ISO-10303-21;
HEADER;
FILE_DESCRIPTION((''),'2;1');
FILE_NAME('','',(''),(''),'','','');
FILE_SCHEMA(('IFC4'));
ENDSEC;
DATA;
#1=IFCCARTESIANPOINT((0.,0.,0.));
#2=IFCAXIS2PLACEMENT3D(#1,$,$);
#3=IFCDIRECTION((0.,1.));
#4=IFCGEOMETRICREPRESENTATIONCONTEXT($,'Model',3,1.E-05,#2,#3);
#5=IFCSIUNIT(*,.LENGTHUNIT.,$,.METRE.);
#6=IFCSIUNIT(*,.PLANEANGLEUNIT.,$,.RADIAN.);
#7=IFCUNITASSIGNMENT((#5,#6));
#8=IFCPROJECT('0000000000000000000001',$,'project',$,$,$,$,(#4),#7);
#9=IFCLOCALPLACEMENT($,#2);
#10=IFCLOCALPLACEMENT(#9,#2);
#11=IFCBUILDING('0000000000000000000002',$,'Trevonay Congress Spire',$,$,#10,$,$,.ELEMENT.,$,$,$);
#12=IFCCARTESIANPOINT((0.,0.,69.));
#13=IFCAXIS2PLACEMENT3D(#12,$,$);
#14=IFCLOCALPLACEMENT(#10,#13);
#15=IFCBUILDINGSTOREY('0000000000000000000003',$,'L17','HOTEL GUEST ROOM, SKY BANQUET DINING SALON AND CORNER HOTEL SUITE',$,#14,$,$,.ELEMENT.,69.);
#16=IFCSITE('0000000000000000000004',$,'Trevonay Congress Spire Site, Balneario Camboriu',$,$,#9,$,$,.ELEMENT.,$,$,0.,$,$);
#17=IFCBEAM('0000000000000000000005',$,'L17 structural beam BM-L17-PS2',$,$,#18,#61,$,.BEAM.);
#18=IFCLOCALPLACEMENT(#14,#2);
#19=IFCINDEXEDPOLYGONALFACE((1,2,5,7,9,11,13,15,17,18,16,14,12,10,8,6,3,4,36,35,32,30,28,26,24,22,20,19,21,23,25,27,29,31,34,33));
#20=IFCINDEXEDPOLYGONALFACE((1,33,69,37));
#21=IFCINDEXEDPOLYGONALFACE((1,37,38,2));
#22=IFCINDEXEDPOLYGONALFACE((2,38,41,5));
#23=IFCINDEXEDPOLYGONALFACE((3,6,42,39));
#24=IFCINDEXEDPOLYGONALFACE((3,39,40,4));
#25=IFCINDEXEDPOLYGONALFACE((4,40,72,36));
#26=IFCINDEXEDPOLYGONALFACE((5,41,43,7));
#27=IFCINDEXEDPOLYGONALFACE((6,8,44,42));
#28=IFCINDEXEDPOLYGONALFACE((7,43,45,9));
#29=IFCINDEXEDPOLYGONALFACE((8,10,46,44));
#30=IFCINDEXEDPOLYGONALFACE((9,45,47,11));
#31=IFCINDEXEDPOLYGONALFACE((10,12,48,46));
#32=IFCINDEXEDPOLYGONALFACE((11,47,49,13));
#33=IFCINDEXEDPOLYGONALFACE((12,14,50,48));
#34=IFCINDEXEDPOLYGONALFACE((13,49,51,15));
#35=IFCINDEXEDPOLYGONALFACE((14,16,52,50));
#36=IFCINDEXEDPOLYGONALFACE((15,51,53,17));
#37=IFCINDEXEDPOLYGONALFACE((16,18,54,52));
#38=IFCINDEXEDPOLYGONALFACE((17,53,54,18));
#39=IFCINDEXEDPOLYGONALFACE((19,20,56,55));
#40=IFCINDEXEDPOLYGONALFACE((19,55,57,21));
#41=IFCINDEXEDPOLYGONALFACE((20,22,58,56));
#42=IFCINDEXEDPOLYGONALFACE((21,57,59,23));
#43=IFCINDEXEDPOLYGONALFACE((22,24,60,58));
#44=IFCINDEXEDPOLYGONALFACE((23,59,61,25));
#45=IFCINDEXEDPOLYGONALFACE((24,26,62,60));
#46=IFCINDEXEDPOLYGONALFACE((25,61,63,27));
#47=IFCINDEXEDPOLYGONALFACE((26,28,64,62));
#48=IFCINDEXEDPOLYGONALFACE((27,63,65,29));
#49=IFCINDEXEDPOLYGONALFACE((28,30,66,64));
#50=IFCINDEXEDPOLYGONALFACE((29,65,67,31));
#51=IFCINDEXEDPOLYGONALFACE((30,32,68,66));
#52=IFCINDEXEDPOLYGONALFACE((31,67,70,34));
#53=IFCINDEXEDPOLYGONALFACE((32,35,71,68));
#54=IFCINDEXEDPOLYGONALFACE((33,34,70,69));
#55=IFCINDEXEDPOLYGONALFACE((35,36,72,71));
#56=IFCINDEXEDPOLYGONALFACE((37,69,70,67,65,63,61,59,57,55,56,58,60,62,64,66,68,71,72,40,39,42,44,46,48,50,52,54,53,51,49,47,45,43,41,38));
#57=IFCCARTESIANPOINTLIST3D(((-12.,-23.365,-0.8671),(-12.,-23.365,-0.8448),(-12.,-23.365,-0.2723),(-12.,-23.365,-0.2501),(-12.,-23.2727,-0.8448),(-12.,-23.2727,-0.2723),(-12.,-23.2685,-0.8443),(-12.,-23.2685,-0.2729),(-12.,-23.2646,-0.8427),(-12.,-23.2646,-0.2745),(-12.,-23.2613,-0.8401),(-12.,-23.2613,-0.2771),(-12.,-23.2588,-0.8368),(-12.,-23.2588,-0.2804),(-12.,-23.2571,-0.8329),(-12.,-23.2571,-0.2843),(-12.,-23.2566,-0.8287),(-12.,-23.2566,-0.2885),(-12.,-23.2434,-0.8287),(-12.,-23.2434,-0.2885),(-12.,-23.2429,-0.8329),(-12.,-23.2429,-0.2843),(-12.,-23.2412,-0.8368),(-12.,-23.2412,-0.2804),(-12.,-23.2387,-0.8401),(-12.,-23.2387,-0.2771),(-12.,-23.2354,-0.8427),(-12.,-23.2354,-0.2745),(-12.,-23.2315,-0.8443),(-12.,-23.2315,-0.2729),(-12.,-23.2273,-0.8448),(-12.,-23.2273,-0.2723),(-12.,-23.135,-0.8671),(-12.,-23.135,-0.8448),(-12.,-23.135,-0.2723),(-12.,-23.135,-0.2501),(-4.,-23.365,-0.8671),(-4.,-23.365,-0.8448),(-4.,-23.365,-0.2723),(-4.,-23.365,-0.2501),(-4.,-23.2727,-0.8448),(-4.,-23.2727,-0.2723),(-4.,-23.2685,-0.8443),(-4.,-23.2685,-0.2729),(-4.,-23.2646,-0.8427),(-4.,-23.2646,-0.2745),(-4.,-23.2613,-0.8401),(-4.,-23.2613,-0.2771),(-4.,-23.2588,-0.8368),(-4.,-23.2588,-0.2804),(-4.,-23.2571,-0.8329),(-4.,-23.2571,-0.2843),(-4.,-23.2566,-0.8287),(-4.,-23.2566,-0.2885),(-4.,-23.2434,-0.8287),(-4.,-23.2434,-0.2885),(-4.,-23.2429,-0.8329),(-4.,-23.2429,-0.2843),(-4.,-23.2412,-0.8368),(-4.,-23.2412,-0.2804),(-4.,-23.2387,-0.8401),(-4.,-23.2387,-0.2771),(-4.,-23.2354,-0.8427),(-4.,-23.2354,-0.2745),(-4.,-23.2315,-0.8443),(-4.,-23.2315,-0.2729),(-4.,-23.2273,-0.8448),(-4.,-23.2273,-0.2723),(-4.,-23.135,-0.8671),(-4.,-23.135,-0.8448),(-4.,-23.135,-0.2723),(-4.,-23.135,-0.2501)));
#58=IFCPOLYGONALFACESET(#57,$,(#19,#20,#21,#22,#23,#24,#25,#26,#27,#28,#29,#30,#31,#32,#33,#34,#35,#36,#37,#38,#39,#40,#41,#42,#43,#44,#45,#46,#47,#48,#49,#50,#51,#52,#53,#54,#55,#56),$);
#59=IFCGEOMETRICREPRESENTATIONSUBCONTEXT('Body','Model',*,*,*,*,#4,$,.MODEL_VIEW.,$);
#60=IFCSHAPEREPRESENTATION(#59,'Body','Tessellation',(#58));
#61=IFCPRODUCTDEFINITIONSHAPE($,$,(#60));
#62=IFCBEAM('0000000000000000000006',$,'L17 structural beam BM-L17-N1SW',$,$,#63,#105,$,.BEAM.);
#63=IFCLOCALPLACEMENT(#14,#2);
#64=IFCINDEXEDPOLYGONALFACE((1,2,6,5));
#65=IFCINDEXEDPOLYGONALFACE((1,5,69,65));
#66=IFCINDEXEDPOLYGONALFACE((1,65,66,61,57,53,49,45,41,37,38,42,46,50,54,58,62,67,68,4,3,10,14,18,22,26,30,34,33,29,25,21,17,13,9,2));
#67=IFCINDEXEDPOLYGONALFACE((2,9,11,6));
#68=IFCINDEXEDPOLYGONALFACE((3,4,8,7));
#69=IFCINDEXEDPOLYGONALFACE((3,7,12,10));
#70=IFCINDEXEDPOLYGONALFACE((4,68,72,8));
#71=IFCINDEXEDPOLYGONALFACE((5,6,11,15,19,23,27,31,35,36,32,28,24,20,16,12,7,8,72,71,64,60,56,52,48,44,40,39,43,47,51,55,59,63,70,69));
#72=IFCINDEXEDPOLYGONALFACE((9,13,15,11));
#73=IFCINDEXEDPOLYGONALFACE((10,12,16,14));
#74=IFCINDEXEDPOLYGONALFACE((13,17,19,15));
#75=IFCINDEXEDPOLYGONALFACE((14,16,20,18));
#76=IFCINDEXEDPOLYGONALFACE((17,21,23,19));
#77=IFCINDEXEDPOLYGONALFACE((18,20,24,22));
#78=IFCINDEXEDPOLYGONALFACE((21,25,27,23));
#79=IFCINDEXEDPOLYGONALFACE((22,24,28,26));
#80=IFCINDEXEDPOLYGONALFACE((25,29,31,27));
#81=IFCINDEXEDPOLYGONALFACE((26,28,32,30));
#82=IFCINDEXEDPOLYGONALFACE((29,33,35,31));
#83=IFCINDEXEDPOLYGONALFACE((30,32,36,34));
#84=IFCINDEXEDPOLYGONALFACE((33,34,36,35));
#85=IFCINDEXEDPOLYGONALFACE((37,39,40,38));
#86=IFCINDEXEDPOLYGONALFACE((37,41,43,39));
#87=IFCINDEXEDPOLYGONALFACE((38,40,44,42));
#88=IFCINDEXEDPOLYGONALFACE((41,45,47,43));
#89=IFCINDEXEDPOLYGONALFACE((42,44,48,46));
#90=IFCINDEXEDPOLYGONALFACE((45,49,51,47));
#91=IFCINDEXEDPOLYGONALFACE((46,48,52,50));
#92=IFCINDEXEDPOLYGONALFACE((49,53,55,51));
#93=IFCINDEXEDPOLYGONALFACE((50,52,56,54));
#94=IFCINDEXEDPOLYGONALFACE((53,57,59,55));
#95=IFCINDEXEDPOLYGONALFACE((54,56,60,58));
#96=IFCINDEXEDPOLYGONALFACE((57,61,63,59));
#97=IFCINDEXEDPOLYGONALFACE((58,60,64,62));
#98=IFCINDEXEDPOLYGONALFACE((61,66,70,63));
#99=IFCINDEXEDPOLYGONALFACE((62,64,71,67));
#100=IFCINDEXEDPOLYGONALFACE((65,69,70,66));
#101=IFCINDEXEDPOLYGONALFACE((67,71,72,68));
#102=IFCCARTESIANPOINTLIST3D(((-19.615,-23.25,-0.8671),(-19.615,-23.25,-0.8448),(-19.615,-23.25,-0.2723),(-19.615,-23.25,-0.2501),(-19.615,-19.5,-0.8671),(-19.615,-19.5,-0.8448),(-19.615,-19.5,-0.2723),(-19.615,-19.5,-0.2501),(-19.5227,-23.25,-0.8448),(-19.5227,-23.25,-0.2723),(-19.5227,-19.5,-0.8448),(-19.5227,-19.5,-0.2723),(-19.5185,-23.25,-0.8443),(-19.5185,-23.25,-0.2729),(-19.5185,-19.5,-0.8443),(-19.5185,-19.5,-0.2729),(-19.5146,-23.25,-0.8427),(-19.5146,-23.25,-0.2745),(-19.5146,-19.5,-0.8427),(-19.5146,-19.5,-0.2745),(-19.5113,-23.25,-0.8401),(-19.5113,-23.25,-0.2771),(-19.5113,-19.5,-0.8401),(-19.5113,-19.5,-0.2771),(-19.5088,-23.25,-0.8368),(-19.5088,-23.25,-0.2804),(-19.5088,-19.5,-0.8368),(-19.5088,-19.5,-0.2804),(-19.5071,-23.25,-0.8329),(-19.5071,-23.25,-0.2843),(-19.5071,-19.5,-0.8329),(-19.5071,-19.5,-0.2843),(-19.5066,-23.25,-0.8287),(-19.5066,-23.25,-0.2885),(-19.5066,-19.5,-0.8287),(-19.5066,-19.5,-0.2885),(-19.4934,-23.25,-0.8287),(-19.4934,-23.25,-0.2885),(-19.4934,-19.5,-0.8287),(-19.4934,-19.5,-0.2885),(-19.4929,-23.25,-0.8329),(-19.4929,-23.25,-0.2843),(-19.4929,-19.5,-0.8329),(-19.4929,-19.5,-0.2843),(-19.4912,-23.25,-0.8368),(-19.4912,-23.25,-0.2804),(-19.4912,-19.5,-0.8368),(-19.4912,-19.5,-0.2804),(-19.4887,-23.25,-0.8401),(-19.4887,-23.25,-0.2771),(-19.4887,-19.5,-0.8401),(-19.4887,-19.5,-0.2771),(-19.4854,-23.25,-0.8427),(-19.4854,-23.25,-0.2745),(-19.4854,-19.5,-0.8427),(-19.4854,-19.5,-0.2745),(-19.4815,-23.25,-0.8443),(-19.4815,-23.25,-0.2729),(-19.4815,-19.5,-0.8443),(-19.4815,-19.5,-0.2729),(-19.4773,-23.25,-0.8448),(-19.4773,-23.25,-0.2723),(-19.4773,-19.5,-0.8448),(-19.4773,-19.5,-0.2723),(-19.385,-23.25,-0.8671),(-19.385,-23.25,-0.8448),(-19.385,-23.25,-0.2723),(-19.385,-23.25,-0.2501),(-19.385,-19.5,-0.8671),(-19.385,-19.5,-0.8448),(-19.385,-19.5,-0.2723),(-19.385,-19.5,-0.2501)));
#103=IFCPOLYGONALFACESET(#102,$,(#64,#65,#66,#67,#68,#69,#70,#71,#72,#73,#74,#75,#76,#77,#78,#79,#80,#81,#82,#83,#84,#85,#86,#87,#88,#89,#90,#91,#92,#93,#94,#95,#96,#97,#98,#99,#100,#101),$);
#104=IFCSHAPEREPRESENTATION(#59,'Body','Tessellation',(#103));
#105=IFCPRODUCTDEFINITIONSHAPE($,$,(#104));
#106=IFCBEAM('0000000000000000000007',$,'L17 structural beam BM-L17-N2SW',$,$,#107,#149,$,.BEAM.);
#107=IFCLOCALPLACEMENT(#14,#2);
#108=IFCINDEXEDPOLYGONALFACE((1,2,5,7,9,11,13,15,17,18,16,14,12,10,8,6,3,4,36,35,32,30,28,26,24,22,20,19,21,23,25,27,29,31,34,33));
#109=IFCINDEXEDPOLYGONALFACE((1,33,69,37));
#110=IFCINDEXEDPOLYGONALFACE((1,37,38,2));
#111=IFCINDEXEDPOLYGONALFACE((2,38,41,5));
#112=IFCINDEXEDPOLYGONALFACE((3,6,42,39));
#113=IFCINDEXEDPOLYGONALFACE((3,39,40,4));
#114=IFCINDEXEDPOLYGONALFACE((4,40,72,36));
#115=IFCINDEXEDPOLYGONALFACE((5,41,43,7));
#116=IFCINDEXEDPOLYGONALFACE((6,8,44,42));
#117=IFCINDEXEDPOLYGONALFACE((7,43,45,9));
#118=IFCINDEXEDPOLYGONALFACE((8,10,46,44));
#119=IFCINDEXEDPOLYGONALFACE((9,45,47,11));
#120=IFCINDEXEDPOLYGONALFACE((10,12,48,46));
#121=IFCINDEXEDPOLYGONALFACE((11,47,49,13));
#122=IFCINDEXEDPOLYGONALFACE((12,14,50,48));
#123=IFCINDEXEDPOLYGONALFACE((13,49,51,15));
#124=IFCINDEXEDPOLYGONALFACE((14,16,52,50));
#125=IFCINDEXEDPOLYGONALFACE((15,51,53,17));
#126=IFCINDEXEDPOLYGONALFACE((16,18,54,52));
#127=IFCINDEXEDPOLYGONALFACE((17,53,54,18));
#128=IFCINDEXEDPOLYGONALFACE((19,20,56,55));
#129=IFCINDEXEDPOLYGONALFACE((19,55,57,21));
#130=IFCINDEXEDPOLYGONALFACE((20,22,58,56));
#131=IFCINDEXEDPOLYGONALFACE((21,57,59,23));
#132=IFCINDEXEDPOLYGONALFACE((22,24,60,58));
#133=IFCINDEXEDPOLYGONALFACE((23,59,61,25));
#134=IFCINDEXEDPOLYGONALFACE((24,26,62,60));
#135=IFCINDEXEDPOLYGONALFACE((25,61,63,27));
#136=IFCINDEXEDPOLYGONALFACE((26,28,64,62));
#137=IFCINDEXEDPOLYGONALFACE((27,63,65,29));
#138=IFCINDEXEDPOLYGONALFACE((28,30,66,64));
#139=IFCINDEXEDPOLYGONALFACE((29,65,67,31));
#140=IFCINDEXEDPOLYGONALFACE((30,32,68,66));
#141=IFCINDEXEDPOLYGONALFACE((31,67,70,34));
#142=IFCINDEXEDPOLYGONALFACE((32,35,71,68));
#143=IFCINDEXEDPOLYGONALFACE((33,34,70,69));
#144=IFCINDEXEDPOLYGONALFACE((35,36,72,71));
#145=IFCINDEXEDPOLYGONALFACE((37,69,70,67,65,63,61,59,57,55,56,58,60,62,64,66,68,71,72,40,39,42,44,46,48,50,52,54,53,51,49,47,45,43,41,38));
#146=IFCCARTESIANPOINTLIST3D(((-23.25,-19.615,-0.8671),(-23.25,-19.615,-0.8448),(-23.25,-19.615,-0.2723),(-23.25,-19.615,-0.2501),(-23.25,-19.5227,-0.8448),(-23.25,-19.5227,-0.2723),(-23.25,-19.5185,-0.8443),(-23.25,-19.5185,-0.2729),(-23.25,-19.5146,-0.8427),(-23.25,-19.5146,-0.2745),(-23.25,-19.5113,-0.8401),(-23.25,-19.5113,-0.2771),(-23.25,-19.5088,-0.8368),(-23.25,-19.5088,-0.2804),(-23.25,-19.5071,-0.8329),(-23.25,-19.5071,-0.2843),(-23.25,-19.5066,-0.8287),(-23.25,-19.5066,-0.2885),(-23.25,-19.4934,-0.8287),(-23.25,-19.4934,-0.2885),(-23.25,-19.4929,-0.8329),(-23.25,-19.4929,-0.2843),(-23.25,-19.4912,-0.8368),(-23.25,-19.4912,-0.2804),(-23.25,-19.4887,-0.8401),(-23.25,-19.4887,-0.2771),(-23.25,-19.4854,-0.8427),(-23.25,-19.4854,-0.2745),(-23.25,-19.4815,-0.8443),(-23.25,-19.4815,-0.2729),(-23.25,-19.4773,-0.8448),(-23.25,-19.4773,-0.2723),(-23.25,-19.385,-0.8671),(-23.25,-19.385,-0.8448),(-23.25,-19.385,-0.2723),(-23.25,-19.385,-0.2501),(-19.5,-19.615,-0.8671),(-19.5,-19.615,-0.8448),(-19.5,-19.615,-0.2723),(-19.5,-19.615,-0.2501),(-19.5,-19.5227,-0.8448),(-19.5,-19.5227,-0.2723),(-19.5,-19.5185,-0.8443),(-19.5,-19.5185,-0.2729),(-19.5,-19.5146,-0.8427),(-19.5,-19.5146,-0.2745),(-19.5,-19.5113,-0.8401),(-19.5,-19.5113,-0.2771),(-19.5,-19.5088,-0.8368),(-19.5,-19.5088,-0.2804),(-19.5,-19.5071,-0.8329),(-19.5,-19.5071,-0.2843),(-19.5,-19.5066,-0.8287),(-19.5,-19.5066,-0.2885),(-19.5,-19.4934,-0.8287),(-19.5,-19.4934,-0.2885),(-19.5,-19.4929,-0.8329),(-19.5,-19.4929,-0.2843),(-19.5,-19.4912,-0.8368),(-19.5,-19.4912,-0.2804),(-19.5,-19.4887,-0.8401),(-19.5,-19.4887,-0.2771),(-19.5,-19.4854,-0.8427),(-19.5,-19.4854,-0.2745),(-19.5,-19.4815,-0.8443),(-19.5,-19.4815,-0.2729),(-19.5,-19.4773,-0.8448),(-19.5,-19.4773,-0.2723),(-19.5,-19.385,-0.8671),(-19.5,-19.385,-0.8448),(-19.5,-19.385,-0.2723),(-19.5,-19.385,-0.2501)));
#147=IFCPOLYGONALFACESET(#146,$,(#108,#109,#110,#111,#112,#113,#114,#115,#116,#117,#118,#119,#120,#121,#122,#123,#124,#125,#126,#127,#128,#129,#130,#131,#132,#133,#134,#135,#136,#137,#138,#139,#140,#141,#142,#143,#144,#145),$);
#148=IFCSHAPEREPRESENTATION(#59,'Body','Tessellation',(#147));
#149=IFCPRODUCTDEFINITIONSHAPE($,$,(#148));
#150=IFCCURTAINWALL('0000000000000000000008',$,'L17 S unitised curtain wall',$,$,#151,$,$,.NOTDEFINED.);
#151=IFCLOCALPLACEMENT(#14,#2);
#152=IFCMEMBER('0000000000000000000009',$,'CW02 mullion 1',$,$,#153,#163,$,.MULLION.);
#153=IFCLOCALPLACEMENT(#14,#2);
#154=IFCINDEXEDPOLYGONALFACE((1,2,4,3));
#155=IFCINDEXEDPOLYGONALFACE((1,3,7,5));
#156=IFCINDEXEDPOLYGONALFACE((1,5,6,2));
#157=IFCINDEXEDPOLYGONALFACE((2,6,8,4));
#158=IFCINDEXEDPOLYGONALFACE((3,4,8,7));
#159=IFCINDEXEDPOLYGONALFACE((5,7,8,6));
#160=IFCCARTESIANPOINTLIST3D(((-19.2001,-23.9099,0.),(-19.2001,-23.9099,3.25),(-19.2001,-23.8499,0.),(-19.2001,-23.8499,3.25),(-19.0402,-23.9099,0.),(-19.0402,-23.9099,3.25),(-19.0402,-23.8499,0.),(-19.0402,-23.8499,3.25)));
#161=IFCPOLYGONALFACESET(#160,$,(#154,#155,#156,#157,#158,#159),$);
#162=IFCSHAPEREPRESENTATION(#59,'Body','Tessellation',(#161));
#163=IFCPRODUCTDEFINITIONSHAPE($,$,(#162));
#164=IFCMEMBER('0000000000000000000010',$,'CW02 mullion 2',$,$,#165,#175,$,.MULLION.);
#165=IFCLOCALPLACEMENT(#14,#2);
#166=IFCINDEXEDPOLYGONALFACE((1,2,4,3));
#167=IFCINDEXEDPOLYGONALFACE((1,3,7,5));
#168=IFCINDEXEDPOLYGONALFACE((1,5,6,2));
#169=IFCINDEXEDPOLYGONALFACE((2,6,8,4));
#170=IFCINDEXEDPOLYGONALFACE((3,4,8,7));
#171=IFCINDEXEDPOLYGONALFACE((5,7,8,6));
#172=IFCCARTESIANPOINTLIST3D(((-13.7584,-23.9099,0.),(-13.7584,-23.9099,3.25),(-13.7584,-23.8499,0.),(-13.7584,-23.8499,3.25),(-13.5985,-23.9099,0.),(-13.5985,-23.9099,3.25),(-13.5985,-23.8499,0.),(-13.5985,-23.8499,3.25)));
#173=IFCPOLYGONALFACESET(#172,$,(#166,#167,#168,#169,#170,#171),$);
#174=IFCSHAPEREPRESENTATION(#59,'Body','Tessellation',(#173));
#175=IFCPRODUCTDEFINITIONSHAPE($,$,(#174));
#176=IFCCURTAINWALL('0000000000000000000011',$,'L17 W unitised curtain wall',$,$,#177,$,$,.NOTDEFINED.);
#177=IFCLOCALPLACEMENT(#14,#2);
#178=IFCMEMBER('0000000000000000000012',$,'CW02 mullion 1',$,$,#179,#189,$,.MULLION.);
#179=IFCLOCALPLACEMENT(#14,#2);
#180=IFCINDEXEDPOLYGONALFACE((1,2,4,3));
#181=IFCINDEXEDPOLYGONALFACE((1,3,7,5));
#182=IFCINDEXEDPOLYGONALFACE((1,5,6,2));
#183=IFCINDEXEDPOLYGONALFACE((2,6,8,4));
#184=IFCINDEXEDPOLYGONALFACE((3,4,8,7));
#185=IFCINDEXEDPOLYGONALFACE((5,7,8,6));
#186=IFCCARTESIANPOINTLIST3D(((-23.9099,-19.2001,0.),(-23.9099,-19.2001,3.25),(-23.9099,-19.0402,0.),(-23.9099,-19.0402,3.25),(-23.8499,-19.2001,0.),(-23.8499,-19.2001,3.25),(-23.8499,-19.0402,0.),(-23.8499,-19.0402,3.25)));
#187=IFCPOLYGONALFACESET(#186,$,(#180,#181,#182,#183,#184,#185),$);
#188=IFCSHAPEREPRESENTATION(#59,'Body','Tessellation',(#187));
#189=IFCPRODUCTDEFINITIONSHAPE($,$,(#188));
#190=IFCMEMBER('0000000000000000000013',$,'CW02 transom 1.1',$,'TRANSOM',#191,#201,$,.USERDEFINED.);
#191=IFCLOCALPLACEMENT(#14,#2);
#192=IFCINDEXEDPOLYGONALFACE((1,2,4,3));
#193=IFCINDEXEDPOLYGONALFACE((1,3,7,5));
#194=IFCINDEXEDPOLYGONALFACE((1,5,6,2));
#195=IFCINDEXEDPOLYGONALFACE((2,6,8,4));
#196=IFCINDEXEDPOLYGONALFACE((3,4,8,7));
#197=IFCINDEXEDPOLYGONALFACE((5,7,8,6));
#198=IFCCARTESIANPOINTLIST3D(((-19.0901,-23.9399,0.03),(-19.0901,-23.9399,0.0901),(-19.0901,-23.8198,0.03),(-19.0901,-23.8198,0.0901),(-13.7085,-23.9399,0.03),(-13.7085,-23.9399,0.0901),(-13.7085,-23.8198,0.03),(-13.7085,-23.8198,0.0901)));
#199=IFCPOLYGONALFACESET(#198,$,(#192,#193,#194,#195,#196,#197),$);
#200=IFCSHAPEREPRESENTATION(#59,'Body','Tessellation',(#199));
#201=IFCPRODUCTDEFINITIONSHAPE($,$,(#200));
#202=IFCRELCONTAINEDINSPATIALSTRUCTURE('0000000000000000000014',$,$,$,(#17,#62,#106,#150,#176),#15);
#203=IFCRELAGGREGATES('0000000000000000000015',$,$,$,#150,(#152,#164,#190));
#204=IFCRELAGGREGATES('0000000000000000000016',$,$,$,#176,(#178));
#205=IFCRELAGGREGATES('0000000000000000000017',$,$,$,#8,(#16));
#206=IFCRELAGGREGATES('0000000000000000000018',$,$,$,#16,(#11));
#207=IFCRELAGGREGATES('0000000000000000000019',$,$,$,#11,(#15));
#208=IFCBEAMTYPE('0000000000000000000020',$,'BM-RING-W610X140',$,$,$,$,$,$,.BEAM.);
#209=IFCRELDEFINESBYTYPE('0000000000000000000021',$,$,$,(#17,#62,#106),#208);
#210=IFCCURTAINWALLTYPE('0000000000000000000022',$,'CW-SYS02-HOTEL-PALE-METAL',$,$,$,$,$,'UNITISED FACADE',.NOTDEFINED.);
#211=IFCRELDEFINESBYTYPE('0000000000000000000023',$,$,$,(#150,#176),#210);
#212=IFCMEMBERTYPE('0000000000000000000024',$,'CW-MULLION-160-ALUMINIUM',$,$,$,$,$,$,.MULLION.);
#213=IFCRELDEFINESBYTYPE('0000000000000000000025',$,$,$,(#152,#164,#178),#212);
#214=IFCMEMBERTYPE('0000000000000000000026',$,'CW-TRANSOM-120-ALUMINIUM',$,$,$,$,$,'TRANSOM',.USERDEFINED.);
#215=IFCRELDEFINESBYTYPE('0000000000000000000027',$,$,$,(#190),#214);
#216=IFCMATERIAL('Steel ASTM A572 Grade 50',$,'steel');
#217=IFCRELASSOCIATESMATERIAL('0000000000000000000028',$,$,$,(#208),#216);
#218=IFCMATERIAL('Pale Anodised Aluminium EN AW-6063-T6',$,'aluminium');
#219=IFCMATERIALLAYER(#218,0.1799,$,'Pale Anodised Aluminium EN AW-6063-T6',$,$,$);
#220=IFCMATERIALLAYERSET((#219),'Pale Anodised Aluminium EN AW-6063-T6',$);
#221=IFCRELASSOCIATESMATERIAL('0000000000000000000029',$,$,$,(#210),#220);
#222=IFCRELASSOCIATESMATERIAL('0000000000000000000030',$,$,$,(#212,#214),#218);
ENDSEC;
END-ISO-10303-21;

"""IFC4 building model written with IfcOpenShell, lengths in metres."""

from ifc_helpers import new_model, si_unit, direction, frame, origin, origin_2d, place, context, subcontext, project, spatial, rectangle, i_section, extrude, material, layer, layer_set, material_profile, profile_set, type_object, element, aggregate, save


model = new_model("IFC4")

# Units and contexts
model_context = context("Model", 3, precision=1e-05, world=origin(), true_north=direction((0.0, 1.0)))
body_context = subcontext(model_context, "Body", "Model", "MODEL_VIEW")
ifc_project = project(units=[si_unit("LENGTHUNIT", "METRE"), si_unit("PLANEANGLEUNIT", "RADIAN")], contexts=[model_context])

# Site, building, storey
site_placement = place(None, origin())
site = spatial("IfcSite", under=ifc_project, at=site_placement, Name="Trevonay Congress Spire Site, Balneario Camboriu", CompositionType="ELEMENT", RefElevation=0.0)
building_placement = place(site_placement, origin())
building = spatial("IfcBuilding", under=site, at=building_placement, Name="Trevonay Congress Spire", CompositionType="ELEMENT")
storey_placement = place(building_placement, frame((0.0, 0.0, 69.0)))
storey = spatial("IfcBuildingStorey", under=building, at=storey_placement, Name="L17", Description="HOTEL GUEST ROOM, SKY BANQUET DINING SALON AND CORNER HOTEL SUITE", CompositionType="ELEMENT", Elevation=69.0)

# Shared definitions
ifc_material_1 = material(Name="Steel ASTM A572 Grade 50", Category="steel")

# Beams
ifc_material_profile_1 = material_profile(ifc_material_1, i_section(OverallWidth=0.23, OverallDepth=0.6169, WebThickness=0.0132, FlangeThickness=0.0222, FilletRadius=0.0161, at=origin_2d()), Name="W610x140")
ifc_profile_set_1 = profile_set([ifc_material_profile_1], Name="Steel ASTM A572 Grade 50")
beam_type = type_object("IfcBeamType", Name="BM-RING-W610X140", PredefinedType="BEAM", material=ifc_profile_set_1)
beam_placement = place(storey_placement, frame((-12.0, -23.25, -0.5586), z_axis=(1.0, 0.0, 0.0), x_axis=(0.0, 1.0, 0.0)))
element("IfcBeam", 1, at=beam_placement, inside=storey, type_object=beam_type, Name="L17 structural beam BM-L17-PS2", PredefinedType="BEAM", context=body_context, shape_type="SweptSolid", body=[
    extrude(i_section(OverallWidth=0.23, OverallDepth=0.6169, WebThickness=0.0132, FlangeThickness=0.0222, FilletRadius=0.0161, at=origin_2d()), origin(), (0.0, 0.0, 1.0), 8.0),
])
for number, where, z_axis, x_axis, name in (
    (2, (-19.5, -23.25, -0.5586), (0.0, 1.0, 0.0), (-1.0, 0.0, 0.0), "L17 structural beam BM-L17-N1SW"),
    (3, (-23.25, -19.5, -0.5586), (1.0, 0.0, 0.0), (0.0, 1.0, 0.0), "L17 structural beam BM-L17-N2SW"),
):
    element("IfcBeam", number, at=place(storey_placement, frame(where, z_axis=z_axis, x_axis=x_axis)), inside=storey, type_object=beam_type, Name=name, PredefinedType="BEAM", context=body_context, shape_type="SweptSolid", body=[
        extrude(i_section(OverallWidth=0.23, OverallDepth=0.6169, WebThickness=0.0132, FlangeThickness=0.0222, FilletRadius=0.0161, at=origin_2d()), origin(), (0.0, 0.0, 1.0), 3.75),
    ])

# Curtain wall, members
ifc_material_2 = material(Name="Pale Anodised Aluminium EN AW-6063-T6", Category="aluminium")
ifc_layer_1 = layer(ifc_material_2, 0.1799, Name="Pale Anodised Aluminium EN AW-6063-T6")
ifc_layer_set_1 = layer_set([ifc_layer_1], Name="Pale Anodised Aluminium EN AW-6063-T6")
curtain_wall_type = type_object("IfcCurtainWallType", Name="CW-SYS02-HOTEL-PALE-METAL", ElementType="UNITISED FACADE", PredefinedType="NOTDEFINED", material=ifc_layer_set_1)
curtain_wall_1_placement = place(storey_placement, origin())
curtain_wall_1 = element("IfcCurtainWall", 4, at=curtain_wall_1_placement, inside=storey, type_object=curtain_wall_type, Name="L17 S unitised curtain wall", PredefinedType="NOTDEFINED")
ifc_material_profile_2 = material_profile(ifc_material_2, rectangle(XDim=0.0601, YDim=0.1599, at=origin_2d()), Name="CW-MULLION-160-ALUMINIUM")
ifc_profile_set_2 = profile_set([ifc_material_profile_2], Name="Pale Anodised Aluminium EN AW-6063-T6")
member_type_1 = type_object("IfcMemberType", Name="CW-MULLION-160-ALUMINIUM", PredefinedType="MULLION", material=ifc_profile_set_2)
member_1_placement = place(storey_placement, frame((-19.1201, -23.8799, 0.0), z_axis=(0.0, 0.0, 1.0), x_axis=(0.0, 1.0, 0.0)))
member_1 = element("IfcMember", 5, at=member_1_placement, type_object=member_type_1, Name="CW02 mullion 1", PredefinedType="MULLION", context=body_context, shape_type="SweptSolid", body=[
    extrude(rectangle(XDim=0.0601, YDim=0.1599, at=origin_2d()), origin(), (0.0, 0.0, 1.0), 3.25),
])
member_2_placement = place(storey_placement, frame((-13.6785, -23.8799, 0.0), z_axis=(0.0, 0.0, 1.0), x_axis=(0.0, 1.0, 0.0)))
member_2 = element("IfcMember", 6, at=member_2_placement, type_object=member_type_1, Name="CW02 mullion 2", PredefinedType="MULLION", context=body_context, shape_type="SweptSolid", body=[
    extrude(rectangle(XDim=0.0601, YDim=0.1599, at=origin_2d()), origin(), (0.0, 0.0, 1.0), 3.25),
])

# Curtain wall, member
curtain_wall_2_placement = place(storey_placement, origin())
curtain_wall_2 = element("IfcCurtainWall", 7, at=curtain_wall_2_placement, inside=storey, type_object=curtain_wall_type, Name="L17 W unitised curtain wall", PredefinedType="NOTDEFINED")
member_3_placement = place(storey_placement, frame((-23.8799, -19.1201, 0.0), z_axis=(0.0, 0.0, 1.0), x_axis=(-1.0, 0.0, 0.0)))
member_3 = element("IfcMember", 8, at=member_3_placement, type_object=member_type_1, Name="CW02 mullion 1", PredefinedType="MULLION", context=body_context, shape_type="SweptSolid", body=[
    extrude(rectangle(XDim=0.0601, YDim=0.1599, at=origin_2d()), origin(), (0.0, 0.0, 1.0), 3.25),
])

# Member
ifc_material_profile_3 = material_profile(ifc_material_2, rectangle(XDim=0.1201, YDim=0.0601, at=origin_2d()), Name="CW-TRANSOM-120-ALUMINIUM")
ifc_profile_set_3 = profile_set([ifc_material_profile_3], Name="Pale Anodised Aluminium EN AW-6063-T6")
member_type_2 = type_object("IfcMemberType", Name="CW-TRANSOM-120-ALUMINIUM", ElementType="TRANSOM", PredefinedType="USERDEFINED", material=ifc_profile_set_3)
member_4_placement = place(storey_placement, frame((-19.0901, -23.8799, 0.0601), z_axis=(1.0, 0.0, 0.0), x_axis=(0.0, 1.0, 0.0)))
member_4 = element("IfcMember", 9, at=member_4_placement, type_object=member_type_2, Name="CW02 transom 1.1", ObjectType="TRANSOM", PredefinedType="USERDEFINED", context=body_context, shape_type="SweptSolid", body=[
    extrude(rectangle(XDim=0.1201, YDim=0.0601, at=origin_2d()), origin(), (0.0, 0.0, 1.0), 5.3816),
])

aggregate(curtain_wall_1, [member_1, member_2, member_4])
aggregate(curtain_wall_2, [member_3])

save(model, "model.ifc")
